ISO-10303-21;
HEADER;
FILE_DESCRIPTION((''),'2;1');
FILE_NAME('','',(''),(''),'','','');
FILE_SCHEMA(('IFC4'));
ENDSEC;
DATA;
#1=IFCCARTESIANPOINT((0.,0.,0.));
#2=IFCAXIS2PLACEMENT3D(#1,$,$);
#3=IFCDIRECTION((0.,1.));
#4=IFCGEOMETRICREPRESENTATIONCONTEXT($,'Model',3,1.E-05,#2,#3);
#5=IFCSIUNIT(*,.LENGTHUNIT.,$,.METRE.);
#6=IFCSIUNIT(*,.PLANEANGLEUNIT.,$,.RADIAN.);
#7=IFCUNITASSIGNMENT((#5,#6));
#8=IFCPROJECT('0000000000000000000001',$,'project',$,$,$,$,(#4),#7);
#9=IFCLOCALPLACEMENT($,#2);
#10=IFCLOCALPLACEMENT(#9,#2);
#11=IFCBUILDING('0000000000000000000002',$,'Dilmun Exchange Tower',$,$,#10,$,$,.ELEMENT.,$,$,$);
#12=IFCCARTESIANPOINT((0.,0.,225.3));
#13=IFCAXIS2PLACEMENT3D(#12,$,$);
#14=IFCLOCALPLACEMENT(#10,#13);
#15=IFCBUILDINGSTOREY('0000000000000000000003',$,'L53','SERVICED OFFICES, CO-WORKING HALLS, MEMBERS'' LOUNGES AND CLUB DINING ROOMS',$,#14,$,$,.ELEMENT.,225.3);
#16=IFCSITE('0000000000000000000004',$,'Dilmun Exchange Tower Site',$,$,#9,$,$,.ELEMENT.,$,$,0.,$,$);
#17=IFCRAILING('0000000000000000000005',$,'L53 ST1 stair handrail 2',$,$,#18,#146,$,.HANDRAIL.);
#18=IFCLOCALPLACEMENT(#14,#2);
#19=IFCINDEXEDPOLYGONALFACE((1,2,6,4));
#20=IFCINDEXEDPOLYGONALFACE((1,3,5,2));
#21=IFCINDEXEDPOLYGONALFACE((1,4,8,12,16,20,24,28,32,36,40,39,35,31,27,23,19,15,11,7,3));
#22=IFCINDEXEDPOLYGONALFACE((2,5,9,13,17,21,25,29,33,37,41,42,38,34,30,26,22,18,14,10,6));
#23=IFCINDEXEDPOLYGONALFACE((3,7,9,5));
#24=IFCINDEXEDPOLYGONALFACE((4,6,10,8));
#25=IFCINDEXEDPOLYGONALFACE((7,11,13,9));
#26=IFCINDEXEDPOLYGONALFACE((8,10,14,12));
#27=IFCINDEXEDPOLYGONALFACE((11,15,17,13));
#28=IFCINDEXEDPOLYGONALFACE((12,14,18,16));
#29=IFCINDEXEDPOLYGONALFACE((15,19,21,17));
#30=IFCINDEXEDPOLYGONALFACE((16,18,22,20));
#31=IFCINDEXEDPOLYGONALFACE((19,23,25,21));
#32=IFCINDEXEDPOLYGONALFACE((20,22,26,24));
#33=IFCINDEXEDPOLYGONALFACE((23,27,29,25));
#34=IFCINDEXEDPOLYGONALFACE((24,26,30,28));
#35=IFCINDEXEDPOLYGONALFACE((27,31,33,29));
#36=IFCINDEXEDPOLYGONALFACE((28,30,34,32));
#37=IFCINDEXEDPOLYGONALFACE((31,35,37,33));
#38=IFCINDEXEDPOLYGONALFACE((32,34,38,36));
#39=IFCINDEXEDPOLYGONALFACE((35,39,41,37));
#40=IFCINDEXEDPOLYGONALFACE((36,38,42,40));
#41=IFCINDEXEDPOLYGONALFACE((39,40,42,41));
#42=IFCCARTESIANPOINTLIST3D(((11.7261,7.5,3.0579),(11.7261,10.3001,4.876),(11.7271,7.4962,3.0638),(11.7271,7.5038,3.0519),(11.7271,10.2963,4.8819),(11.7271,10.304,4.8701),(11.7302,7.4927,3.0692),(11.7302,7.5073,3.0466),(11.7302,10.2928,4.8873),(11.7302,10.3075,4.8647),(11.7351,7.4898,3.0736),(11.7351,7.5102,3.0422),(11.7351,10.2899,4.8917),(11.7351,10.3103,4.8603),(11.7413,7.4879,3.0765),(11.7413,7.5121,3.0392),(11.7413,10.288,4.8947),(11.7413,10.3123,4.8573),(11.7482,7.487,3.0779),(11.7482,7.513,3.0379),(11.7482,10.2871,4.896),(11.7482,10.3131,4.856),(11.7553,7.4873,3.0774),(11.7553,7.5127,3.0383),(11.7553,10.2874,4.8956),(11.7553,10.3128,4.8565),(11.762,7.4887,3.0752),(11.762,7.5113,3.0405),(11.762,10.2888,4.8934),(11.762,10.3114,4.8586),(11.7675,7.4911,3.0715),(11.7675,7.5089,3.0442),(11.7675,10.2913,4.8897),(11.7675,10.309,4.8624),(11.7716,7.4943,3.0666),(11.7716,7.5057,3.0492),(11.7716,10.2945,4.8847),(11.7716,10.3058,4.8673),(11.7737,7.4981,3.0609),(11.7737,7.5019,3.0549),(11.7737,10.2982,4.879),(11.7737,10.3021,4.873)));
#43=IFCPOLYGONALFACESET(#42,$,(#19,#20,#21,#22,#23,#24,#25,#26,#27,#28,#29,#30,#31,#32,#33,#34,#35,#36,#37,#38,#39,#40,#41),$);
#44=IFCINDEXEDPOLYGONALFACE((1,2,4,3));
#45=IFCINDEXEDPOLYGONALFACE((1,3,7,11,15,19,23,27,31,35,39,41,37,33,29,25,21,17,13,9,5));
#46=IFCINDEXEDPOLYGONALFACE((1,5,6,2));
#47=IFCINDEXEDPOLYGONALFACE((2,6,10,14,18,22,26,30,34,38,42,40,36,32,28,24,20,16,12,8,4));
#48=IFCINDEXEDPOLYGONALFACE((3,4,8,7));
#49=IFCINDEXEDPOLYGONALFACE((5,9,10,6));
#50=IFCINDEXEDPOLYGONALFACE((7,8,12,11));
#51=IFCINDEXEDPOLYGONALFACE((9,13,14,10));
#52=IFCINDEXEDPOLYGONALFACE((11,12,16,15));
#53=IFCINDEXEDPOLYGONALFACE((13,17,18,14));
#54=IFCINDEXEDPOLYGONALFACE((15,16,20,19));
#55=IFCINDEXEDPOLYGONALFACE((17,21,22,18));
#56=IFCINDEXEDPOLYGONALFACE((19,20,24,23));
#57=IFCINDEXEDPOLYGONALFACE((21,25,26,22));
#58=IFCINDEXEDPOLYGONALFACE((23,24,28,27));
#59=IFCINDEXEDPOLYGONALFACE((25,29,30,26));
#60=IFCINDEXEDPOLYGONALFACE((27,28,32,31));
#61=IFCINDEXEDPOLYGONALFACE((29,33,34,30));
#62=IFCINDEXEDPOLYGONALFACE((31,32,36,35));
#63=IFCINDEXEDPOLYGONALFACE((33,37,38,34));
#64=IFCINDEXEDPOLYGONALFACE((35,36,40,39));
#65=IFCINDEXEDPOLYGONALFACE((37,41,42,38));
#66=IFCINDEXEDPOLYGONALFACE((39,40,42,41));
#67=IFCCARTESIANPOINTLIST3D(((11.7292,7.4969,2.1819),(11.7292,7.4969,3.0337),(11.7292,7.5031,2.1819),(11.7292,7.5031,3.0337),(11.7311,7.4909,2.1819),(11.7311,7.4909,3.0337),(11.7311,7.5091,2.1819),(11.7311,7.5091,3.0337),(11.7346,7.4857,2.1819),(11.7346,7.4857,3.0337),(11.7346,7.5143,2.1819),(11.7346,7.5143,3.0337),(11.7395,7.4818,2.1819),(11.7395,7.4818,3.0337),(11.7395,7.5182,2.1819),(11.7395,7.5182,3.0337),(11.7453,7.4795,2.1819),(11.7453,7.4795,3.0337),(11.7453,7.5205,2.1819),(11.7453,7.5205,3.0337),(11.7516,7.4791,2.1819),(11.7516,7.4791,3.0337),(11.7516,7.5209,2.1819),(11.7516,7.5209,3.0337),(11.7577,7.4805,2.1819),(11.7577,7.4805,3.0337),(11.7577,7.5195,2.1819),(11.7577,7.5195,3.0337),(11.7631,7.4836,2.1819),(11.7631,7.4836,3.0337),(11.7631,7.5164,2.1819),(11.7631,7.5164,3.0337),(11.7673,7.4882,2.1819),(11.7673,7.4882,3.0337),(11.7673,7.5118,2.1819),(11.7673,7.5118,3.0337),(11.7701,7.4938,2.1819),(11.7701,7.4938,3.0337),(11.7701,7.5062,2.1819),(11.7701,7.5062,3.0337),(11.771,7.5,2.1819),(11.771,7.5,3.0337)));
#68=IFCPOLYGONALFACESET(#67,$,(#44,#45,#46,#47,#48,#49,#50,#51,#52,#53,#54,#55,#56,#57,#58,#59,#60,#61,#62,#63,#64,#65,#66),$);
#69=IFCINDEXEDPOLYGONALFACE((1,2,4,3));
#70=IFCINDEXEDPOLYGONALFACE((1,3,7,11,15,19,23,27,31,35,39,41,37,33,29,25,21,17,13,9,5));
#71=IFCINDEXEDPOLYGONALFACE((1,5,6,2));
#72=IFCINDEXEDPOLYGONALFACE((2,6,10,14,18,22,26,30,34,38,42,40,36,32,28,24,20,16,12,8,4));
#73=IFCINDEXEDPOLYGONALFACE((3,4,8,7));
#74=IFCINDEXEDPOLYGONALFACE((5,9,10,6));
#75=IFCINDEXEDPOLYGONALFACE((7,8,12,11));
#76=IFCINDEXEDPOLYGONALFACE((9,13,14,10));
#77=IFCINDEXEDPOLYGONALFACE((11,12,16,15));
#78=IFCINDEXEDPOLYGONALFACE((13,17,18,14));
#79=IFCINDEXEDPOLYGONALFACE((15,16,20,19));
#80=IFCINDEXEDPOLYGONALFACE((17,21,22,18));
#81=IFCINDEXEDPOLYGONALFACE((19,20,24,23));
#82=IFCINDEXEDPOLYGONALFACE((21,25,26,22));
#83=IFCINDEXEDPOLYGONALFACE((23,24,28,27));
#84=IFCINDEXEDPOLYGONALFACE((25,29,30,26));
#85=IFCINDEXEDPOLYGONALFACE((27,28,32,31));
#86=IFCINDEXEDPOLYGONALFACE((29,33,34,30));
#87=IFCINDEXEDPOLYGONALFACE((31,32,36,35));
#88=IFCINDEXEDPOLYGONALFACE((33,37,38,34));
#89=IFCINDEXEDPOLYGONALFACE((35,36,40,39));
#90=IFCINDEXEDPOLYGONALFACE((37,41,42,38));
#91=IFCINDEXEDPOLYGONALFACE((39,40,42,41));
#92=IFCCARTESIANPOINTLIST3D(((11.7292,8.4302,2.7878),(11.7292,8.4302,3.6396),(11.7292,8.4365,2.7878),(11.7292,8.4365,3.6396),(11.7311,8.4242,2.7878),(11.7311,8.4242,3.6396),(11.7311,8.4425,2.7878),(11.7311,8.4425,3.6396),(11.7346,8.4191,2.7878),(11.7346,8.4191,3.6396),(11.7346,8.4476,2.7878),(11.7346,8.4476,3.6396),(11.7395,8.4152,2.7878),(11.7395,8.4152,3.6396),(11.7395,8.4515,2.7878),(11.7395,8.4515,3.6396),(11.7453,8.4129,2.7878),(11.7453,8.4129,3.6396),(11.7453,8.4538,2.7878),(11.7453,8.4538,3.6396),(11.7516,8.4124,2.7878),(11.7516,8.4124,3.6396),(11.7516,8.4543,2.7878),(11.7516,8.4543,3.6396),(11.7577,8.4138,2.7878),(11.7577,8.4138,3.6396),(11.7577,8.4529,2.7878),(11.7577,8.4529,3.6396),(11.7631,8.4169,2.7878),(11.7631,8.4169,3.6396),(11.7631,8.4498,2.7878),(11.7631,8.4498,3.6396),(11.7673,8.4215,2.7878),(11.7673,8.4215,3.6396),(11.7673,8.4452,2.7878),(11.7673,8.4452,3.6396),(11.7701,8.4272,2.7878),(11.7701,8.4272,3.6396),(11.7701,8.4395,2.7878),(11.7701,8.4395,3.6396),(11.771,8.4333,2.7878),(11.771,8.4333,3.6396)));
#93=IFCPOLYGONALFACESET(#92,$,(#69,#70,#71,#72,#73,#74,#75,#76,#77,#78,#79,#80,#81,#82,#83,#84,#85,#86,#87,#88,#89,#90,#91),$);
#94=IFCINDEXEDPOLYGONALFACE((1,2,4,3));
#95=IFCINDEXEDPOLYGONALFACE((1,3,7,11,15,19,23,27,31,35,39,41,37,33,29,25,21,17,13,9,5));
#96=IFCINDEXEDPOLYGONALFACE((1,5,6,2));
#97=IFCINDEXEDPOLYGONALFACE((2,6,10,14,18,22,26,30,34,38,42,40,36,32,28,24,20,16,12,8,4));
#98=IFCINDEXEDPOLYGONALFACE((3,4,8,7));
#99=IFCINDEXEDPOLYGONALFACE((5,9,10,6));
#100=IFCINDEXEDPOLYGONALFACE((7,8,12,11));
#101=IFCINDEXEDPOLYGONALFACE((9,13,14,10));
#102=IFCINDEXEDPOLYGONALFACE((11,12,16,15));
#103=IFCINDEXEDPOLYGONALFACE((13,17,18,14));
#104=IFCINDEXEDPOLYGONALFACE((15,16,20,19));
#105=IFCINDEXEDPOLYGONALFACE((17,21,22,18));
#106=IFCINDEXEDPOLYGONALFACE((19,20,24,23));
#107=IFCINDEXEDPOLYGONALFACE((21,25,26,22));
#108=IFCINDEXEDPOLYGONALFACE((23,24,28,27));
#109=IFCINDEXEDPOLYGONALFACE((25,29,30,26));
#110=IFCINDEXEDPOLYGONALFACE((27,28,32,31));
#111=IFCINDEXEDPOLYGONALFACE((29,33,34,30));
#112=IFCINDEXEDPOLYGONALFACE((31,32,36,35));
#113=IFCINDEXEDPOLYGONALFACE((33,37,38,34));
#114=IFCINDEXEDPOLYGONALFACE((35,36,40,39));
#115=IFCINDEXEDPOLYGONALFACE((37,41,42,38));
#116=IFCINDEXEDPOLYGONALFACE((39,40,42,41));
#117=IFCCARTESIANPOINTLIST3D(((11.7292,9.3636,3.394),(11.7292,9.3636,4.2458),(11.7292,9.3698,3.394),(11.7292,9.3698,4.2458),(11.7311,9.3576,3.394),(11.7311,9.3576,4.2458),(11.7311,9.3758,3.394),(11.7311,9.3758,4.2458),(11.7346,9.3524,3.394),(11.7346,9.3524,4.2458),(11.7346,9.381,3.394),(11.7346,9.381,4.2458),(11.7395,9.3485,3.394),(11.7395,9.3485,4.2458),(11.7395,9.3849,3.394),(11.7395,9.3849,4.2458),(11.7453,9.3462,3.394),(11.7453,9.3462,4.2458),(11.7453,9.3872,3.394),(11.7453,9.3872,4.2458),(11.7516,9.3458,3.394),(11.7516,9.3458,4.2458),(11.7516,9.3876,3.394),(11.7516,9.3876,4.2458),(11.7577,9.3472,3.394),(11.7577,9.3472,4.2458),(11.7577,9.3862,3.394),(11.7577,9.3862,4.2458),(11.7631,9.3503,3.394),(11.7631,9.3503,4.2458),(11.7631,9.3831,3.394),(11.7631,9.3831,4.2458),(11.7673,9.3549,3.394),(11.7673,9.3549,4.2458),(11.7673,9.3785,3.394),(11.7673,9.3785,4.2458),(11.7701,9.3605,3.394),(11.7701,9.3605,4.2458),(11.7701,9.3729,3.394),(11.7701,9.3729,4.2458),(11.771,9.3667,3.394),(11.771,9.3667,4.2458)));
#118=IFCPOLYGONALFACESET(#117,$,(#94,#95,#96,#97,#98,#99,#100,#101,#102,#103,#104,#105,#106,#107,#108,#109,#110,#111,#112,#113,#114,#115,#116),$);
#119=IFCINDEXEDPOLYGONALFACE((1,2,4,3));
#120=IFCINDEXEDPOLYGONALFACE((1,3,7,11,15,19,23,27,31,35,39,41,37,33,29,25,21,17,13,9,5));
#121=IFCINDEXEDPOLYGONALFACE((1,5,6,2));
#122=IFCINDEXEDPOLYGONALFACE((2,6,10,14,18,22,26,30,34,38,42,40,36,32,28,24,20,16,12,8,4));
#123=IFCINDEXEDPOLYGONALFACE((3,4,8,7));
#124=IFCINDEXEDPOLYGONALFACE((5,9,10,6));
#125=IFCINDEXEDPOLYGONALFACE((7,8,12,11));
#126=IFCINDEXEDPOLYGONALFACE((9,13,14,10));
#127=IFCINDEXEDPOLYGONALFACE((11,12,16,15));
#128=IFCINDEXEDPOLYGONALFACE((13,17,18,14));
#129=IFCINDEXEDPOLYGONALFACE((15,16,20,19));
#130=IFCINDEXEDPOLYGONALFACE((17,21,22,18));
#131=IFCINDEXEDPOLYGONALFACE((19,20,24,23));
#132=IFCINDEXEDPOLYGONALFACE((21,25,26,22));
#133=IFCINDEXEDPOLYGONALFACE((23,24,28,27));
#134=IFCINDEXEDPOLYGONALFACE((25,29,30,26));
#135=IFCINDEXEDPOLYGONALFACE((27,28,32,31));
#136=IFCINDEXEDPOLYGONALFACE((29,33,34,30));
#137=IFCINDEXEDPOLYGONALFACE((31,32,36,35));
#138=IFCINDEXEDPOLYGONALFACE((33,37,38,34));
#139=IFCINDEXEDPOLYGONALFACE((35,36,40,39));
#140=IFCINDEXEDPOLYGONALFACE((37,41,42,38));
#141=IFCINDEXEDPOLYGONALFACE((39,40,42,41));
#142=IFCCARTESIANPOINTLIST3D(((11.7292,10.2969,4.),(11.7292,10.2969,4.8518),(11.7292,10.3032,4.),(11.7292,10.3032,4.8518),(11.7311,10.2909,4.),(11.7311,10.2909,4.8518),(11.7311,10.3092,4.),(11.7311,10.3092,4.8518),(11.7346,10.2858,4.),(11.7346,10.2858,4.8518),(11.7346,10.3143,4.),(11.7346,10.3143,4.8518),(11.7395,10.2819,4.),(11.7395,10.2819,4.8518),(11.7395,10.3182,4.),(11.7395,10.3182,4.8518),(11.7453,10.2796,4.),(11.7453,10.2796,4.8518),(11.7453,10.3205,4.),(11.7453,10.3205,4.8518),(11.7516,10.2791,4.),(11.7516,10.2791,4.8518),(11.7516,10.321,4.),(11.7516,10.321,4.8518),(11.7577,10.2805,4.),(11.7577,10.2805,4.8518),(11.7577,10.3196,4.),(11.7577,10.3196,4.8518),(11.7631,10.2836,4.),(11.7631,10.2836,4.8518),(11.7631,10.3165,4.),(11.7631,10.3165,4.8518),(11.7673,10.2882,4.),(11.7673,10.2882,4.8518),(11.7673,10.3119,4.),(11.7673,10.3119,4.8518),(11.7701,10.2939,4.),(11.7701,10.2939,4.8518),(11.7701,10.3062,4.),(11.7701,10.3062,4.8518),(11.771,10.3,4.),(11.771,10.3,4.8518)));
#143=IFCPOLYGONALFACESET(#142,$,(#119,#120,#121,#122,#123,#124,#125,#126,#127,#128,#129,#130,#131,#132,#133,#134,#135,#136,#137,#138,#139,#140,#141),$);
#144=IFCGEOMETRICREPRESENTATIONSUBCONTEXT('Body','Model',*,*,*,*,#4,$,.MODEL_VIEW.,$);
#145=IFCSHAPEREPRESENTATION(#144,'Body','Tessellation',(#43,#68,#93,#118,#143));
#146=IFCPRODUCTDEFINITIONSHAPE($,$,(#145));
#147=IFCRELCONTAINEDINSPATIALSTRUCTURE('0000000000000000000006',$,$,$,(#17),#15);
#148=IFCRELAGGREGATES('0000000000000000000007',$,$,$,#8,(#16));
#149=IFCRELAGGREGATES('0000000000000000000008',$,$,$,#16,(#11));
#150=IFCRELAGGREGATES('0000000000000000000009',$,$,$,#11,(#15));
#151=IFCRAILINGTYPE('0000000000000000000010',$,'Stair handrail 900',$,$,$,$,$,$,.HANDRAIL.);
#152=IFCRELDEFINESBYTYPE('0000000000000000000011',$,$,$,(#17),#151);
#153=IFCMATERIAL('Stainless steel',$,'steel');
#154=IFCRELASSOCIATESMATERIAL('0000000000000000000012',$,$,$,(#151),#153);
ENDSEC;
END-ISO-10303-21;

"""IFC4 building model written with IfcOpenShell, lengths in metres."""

from ifc_helpers import new_model, si_unit, direction, frame, origin, origin_2d, place, context, subcontext, project, spatial, circle, extrude, material, type_object, element, save


model = new_model("IFC4")

# Units and contexts
model_context = context("Model", 3, precision=1e-05, world=origin(), true_north=direction((0.0, 1.0)))
body_context = subcontext(model_context, "Body", "Model", "MODEL_VIEW")
ifc_project = project(units=[si_unit("LENGTHUNIT", "METRE"), si_unit("PLANEANGLEUNIT", "RADIAN")], contexts=[model_context])

# Site, building, storey
site_placement = place(None, origin())
site = spatial("IfcSite", under=ifc_project, at=site_placement, Name="Dilmun Exchange Tower Site", CompositionType="ELEMENT", RefElevation=0.0)
building_placement = place(site_placement, origin())
building = spatial("IfcBuilding", under=site, at=building_placement, Name="Dilmun Exchange Tower", CompositionType="ELEMENT")
storey_placement = place(building_placement, frame((0.0, 0.0, 225.3)))
storey = spatial("IfcBuildingStorey", under=building, at=storey_placement, Name="L53", Description="SERVICED OFFICES, CO-WORKING HALLS, MEMBERS' LOUNGES AND CLUB DINING ROOMS", CompositionType="ELEMENT", Elevation=225.3)

# Railing
ifc_material_1 = material(Name="Stainless steel", Category="steel")
railing_type = type_object("IfcRailingType", Name="Stair handrail 900", PredefinedType="HANDRAIL", material=ifc_material_1)
railing_placement = place(storey_placement, frame((11.75, 7.5, 2.1819)))
element("IfcRailing", 1, at=railing_placement, inside=storey, type_object=railing_type, Name="L53 ST1 stair handrail 2", PredefinedType="HANDRAIL", context=body_context, shape_type="SweptSolid", body=[
    extrude(circle(Radius=0.0239, at=origin_2d()), frame((0.0, 0.0, 0.876), z_axis=(0.0, 0.838706, 0.544585), x_axis=(-1.0, 0.0, 0.0)), (0.0, 0.0, 1.0), 3.3386),
    extrude(circle(Radius=0.021, at=origin_2d()), origin(), (0.0, 0.0, 1.0), 0.8518),
    extrude(circle(Radius=0.021, at=origin_2d()), frame((0.0, 0.9333, 0.606)), (0.0, 0.0, 1.0), 0.8518),
    extrude(circle(Radius=0.021, at=origin_2d()), frame((0.0, 1.8667, 1.2122)), (0.0, 0.0, 1.0), 0.8518),
    extrude(circle(Radius=0.021, at=origin_2d()), frame((0.0, 2.8, 1.8181)), (0.0, 0.0, 1.0), 0.8518),
])

save(model, "model.ifc")
